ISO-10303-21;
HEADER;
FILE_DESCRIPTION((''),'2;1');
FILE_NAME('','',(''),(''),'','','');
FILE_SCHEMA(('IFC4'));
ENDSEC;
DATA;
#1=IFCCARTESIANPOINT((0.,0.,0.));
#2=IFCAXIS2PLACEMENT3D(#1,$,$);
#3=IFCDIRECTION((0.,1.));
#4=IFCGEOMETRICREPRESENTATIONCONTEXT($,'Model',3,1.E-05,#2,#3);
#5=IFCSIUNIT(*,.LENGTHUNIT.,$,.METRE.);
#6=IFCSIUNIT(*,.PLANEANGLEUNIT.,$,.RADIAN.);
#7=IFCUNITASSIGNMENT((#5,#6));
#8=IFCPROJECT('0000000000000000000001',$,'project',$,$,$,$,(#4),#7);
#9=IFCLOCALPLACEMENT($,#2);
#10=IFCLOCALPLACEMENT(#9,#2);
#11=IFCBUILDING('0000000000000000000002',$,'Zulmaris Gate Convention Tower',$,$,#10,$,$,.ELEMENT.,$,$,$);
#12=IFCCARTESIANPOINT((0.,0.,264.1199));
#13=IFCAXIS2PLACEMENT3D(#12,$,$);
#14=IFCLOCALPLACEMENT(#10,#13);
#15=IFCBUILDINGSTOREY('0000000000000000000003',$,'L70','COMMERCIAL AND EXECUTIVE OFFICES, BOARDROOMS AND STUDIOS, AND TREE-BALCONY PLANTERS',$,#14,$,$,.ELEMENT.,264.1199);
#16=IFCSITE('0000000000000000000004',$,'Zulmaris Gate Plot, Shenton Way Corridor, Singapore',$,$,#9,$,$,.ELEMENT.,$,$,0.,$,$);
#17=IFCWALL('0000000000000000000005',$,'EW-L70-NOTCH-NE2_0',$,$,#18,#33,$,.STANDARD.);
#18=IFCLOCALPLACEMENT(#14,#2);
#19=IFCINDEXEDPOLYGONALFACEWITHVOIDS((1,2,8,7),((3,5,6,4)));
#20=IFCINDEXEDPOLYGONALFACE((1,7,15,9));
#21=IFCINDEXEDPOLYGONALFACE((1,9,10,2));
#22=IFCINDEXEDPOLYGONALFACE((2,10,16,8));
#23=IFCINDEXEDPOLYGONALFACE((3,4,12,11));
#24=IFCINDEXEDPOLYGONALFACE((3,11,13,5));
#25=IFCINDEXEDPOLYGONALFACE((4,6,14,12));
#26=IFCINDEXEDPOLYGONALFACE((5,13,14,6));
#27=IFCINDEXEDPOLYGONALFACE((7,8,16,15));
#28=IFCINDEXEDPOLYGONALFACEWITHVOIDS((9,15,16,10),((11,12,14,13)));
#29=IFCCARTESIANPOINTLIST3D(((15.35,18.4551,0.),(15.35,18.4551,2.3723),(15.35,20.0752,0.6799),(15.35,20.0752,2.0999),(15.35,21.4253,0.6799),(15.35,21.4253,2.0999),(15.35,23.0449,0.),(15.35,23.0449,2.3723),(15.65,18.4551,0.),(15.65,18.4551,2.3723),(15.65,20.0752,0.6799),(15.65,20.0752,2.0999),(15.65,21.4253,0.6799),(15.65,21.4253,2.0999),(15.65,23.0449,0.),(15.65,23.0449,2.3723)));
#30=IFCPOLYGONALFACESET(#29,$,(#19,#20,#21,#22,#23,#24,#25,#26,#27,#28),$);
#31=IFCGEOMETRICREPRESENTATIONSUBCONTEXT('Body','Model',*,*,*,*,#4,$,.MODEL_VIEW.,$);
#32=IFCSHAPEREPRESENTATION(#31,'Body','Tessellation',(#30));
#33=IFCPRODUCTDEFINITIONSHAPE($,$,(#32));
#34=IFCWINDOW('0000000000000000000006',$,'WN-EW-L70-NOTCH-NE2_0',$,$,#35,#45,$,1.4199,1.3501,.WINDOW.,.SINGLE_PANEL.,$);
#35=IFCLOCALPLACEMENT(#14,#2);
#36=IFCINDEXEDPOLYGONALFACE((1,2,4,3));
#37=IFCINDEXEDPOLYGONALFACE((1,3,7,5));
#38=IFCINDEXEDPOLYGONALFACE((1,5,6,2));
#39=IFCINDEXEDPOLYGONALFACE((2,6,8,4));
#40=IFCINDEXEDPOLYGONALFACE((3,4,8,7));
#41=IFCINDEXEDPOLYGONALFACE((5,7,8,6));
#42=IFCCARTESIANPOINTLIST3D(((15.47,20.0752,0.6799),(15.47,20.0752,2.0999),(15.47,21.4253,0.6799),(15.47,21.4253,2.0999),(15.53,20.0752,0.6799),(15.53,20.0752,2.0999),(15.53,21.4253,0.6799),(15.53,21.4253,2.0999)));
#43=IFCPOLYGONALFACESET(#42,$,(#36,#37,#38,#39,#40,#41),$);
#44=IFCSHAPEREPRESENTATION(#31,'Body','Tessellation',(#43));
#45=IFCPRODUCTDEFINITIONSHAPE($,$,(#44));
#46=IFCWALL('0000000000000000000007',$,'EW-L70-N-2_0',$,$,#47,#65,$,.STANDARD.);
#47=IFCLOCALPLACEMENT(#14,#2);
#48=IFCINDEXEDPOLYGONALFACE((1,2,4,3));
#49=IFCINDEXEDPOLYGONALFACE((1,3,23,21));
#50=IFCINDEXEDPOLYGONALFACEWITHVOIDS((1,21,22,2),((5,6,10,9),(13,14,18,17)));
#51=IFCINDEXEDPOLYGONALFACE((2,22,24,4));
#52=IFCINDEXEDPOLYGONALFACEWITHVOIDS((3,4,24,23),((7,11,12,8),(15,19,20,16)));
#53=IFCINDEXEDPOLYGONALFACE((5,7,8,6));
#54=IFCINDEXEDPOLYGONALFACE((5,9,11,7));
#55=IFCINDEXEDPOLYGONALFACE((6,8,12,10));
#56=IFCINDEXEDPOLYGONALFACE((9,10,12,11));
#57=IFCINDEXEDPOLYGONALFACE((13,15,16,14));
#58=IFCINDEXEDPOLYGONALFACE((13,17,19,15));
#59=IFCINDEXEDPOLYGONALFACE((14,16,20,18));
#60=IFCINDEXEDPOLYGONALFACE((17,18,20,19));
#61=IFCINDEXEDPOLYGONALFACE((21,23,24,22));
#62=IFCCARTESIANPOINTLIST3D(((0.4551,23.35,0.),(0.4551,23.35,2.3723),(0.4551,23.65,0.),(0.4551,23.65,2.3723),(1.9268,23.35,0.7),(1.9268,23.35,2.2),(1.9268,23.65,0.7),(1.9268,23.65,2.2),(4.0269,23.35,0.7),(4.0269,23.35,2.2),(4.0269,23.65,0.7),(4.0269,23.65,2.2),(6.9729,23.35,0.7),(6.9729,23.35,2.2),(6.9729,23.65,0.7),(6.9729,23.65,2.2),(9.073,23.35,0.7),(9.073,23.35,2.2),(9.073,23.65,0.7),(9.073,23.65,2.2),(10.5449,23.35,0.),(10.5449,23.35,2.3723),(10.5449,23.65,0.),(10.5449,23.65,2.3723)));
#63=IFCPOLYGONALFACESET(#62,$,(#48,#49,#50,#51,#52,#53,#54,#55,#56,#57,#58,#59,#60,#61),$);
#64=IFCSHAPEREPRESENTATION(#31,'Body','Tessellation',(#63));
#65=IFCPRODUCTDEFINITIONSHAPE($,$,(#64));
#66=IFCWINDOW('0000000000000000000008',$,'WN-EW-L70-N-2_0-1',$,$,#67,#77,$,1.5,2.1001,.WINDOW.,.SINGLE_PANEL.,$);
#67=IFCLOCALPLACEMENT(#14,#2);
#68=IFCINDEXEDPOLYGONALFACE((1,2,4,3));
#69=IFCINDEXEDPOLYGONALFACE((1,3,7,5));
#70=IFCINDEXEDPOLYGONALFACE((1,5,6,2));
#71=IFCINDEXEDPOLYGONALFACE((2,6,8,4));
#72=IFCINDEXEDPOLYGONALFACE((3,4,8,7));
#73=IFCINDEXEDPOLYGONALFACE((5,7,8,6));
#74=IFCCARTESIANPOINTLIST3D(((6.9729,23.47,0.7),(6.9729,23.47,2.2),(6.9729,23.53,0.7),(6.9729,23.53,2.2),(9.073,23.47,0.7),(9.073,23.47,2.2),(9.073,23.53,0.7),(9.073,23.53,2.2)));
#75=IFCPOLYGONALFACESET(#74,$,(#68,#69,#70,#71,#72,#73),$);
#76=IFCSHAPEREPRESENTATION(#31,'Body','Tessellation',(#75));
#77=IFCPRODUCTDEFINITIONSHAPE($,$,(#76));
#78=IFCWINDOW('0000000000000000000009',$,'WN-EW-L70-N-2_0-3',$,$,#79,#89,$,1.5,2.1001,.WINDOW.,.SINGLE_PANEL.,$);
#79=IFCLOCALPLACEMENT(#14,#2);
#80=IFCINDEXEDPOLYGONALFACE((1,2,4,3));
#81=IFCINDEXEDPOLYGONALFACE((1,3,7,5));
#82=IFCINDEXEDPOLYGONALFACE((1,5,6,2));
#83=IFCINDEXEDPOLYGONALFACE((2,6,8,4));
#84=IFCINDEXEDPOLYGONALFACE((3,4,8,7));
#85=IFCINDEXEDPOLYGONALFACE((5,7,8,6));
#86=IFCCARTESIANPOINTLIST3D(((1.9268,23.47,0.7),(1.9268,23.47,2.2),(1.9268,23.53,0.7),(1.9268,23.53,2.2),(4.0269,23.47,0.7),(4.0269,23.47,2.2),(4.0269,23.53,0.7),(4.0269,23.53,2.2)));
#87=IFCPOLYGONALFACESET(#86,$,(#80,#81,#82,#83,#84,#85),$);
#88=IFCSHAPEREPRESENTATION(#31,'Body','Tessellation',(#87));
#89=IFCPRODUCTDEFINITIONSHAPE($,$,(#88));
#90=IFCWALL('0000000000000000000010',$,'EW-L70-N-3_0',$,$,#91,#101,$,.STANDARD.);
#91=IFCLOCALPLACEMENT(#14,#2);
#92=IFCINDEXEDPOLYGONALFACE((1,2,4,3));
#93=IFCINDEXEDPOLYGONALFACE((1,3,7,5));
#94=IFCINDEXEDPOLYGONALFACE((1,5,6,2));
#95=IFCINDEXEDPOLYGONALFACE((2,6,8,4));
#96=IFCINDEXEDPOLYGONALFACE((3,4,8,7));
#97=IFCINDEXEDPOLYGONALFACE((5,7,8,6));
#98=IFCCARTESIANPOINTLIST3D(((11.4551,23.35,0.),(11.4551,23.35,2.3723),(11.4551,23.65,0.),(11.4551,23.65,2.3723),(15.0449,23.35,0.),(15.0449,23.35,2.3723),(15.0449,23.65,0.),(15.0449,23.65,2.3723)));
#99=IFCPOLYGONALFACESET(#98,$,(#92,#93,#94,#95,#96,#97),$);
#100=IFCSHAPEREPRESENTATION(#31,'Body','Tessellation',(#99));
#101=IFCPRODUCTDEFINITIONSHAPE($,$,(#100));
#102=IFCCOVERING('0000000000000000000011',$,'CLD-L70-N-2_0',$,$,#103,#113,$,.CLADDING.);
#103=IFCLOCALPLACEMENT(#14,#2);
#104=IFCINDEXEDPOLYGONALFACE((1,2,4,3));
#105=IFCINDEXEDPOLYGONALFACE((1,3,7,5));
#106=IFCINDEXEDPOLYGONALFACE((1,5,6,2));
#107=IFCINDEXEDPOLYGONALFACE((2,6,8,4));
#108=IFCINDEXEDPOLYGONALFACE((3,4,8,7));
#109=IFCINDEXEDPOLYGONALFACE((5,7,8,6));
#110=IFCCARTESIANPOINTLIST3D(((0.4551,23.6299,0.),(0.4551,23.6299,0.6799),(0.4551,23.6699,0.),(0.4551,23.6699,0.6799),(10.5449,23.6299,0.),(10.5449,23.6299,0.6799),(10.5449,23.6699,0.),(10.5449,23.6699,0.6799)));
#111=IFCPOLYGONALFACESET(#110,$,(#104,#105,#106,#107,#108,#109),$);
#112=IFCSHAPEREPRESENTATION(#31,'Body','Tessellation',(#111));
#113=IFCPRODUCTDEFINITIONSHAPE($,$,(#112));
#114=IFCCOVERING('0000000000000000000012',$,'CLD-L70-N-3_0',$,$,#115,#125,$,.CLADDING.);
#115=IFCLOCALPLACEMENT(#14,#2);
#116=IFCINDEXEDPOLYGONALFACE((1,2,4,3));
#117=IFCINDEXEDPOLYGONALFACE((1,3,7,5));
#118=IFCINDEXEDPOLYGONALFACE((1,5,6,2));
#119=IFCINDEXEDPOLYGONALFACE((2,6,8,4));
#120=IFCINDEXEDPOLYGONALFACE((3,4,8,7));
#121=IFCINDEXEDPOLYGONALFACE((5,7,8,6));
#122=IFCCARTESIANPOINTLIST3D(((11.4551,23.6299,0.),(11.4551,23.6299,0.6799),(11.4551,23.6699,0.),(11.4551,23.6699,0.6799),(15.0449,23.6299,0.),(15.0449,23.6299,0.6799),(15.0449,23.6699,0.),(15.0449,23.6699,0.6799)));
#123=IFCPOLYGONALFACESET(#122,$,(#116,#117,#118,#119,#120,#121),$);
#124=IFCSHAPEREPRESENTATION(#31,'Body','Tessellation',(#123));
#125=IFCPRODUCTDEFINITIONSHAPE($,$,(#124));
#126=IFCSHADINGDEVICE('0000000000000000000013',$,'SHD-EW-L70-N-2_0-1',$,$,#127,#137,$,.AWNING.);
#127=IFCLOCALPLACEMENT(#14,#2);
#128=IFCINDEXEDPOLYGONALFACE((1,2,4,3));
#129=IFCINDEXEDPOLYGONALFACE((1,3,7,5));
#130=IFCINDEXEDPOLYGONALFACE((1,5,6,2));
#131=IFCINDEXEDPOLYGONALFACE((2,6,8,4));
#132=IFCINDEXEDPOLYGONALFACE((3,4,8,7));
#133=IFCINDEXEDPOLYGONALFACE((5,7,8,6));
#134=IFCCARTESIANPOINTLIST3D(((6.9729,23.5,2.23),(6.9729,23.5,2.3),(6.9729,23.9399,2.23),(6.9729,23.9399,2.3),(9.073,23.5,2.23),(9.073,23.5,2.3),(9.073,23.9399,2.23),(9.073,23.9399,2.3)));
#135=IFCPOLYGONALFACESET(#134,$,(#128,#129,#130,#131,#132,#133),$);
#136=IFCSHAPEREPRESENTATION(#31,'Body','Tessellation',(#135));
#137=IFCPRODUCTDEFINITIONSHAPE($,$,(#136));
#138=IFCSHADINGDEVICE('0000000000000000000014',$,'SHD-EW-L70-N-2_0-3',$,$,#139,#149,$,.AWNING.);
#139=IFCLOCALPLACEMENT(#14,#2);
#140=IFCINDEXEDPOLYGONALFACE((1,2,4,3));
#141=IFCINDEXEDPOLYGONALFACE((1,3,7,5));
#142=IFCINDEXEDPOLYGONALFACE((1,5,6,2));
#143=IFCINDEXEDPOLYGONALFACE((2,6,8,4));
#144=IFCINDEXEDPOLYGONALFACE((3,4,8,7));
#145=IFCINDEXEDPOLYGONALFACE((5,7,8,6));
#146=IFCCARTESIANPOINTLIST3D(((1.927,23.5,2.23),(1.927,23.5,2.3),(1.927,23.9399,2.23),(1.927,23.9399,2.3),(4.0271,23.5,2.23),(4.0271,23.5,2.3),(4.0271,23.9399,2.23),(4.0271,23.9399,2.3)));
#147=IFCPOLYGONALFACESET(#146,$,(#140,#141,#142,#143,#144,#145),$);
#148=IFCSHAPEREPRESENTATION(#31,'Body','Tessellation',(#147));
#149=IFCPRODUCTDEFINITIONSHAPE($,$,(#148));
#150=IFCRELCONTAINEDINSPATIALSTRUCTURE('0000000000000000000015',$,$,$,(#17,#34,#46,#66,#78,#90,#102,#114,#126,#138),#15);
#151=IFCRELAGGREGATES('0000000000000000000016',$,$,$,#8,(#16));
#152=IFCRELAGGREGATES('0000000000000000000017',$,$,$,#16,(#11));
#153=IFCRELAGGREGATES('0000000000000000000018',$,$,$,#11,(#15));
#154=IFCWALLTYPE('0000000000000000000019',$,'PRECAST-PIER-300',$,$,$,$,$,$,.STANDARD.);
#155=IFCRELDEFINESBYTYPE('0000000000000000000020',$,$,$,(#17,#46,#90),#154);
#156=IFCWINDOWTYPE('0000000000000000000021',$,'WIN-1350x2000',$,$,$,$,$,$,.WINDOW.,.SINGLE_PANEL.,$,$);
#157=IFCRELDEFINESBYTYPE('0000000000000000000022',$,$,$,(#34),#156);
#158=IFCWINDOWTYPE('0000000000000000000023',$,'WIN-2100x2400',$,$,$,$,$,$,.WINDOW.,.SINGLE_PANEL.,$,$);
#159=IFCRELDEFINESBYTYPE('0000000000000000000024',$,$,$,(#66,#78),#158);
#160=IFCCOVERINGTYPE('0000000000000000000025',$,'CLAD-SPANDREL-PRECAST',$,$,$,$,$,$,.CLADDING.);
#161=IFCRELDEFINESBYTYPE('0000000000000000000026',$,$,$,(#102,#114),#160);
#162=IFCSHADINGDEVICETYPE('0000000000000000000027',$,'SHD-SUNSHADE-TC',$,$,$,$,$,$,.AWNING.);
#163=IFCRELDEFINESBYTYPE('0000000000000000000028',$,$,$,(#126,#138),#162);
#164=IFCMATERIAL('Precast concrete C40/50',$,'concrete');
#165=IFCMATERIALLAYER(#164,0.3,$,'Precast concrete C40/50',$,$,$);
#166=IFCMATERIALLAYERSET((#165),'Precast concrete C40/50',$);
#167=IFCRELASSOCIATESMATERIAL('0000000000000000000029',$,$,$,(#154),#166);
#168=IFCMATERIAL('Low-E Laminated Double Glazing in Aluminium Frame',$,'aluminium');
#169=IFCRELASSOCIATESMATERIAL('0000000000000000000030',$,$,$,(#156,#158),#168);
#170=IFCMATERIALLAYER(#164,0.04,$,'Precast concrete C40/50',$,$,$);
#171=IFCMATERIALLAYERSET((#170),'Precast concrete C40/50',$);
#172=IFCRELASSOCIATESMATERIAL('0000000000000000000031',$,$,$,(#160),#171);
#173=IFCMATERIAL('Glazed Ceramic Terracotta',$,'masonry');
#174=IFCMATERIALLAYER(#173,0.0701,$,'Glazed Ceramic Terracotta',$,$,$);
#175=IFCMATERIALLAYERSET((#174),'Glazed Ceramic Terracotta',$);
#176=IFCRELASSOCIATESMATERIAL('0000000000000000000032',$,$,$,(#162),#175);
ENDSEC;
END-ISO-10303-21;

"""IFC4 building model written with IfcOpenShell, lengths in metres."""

from ifc_helpers import new_model, si_unit, direction, frame, frame_2d, origin, place, context, subcontext, project, spatial, rectangle, extrude, material, layer, layer_set, type_object, element, fill, save


model = new_model("IFC4")

# Units and contexts
model_context = context("Model", 3, precision=1e-05, world=origin(), true_north=direction((0.0, 1.0)))
body_context = subcontext(model_context, "Body", "Model", "MODEL_VIEW")
ifc_project = project(units=[si_unit("LENGTHUNIT", "METRE"), si_unit("PLANEANGLEUNIT", "RADIAN")], contexts=[model_context])

# Site, building, storey
site_placement = place(None, origin())
site = spatial("IfcSite", under=ifc_project, at=site_placement, Name="Zulmaris Gate Plot, Shenton Way Corridor, Singapore", CompositionType="ELEMENT", RefElevation=0.0)
building_placement = place(site_placement, origin())
building = spatial("IfcBuilding", under=site, at=building_placement, Name="Zulmaris Gate Convention Tower", CompositionType="ELEMENT")
storey_placement = place(building_placement, frame((0.0, 0.0, 264.1199)))
storey = spatial("IfcBuildingStorey", under=building, at=storey_placement, Name="L70", Description="COMMERCIAL AND EXECUTIVE OFFICES, BOARDROOMS AND STUDIOS, AND TREE-BALCONY PLANTERS", CompositionType="ELEMENT", Elevation=264.1199)

# Wall, opening, window
ifc_material_1 = material(Name="Precast concrete C40/50", Category="concrete")
ifc_layer_1 = layer(ifc_material_1, 0.3, Name="Precast concrete C40/50")
ifc_layer_set_1 = layer_set([ifc_layer_1], Name="Precast concrete C40/50")
wall_type_1 = type_object("IfcWallType", Name="PRECAST-PIER-300", PredefinedType="STANDARD", material=ifc_layer_set_1)
wall_1_placement = place(storey_placement, frame((15.5, 18.4551, 0.0), z_axis=(0.0, 0.0, 1.0), x_axis=(0.0, 1.0, 0.0)))
wall_1 = element("IfcWall", 1, at=wall_1_placement, inside=storey, type_object=wall_type_1, Name="EW-L70-NOTCH-NE2_0", PredefinedType="STANDARD", context=body_context, shape_type="SweptSolid", body=[
    extrude(rectangle(XDim=4.5898, YDim=0.3, at=frame_2d((2.2949, 0.0))), origin(), (0.0, 0.0, 1.0), 2.3723),
])
opening_1_placement = place(wall_1_placement, frame((1.6201, 0.0, 0.6799)))
opening_1 = element("IfcOpeningElement", 2, at=opening_1_placement, cuts=wall_1, PredefinedType="OPENING", context=body_context, shape_type="SweptSolid", body=[
    extrude(rectangle(XDim=1.3501, YDim=1.4199, at=frame_2d((0.675, 0.71))), frame((0.0, 0.1602, 0.0), z_axis=(0.0, -1.0, 0.0), x_axis=(1.0, 0.0, 0.0)), (0.0, 0.0, 1.0), 0.3201),
])
ifc_material_2 = material(Name="Low-E Laminated Double Glazing in Aluminium Frame", Category="aluminium")
window_type_1 = type_object("IfcWindowType", Name="WIN-1350x2000", PartitioningType="SINGLE_PANEL", PredefinedType="WINDOW", material=ifc_material_2)
window_1_placement = place(opening_1_placement, origin())
window_1 = element("IfcWindow", 3, at=window_1_placement, inside=storey, type_object=window_type_1, Name="WN-EW-L70-NOTCH-NE2_0", OverallHeight=1.4199, OverallWidth=1.3501, PartitioningType="SINGLE_PANEL", PredefinedType="WINDOW", context=body_context, shape_type="SweptSolid", body=[
    extrude(rectangle(XDim=1.3501, YDim=1.4199, at=frame_2d((0.675, 0.71))), frame((0.0, 0.03, 0.0), z_axis=(0.0, -1.0, 0.0), x_axis=(1.0, 0.0, 0.0)), (0.0, 0.0, 1.0), 0.0601),
])
fill(opening_1, window_1)

# Wall, openings, windows
wall_2_placement = place(storey_placement, frame((10.5449, 23.5, 0.0), z_axis=(0.0, 0.0, 1.0), x_axis=(-1.0, 0.0, 0.0)))
wall_2 = element("IfcWall", 4, at=wall_2_placement, inside=storey, type_object=wall_type_1, Name="EW-L70-N-2_0", PredefinedType="STANDARD", context=body_context, shape_type="SweptSolid", body=[
    extrude(rectangle(XDim=10.0898, YDim=0.3, at=frame_2d((5.0449, 0.0))), origin(), (0.0, 0.0, 1.0), 2.3723),
])
opening_2_placement = place(wall_2_placement, frame((1.4719, 0.0, 0.7)))
opening_2 = element("IfcOpeningElement", 5, at=opening_2_placement, cuts=wall_2, PredefinedType="OPENING", context=body_context, shape_type="SweptSolid", body=[
    extrude(rectangle(XDim=2.1001, YDim=1.5, at=frame_2d((1.05, 0.75))), frame((0.0, 0.1602, 0.0), z_axis=(0.0, -1.0, 0.0), x_axis=(1.0, 0.0, 0.0)), (0.0, 0.0, 1.0), 0.3201),
])
opening_3_placement = place(wall_2_placement, frame((6.5181, 0.0, 0.7)))
opening_3 = element("IfcOpeningElement", 6, at=opening_3_placement, cuts=wall_2, PredefinedType="OPENING", context=body_context, shape_type="SweptSolid", body=[
    extrude(rectangle(XDim=2.1001, YDim=1.5, at=frame_2d((1.05, 0.75))), frame((0.0, 0.1602, 0.0), z_axis=(0.0, -1.0, 0.0), x_axis=(1.0, 0.0, 0.0)), (0.0, 0.0, 1.0), 0.3201),
])
window_type_2 = type_object("IfcWindowType", Name="WIN-2100x2400", PartitioningType="SINGLE_PANEL", PredefinedType="WINDOW", material=ifc_material_2)
window_2_placement = place(opening_2_placement, origin())
window_2 = element("IfcWindow", 7, at=window_2_placement, inside=storey, type_object=window_type_2, Name="WN-EW-L70-N-2_0-1", OverallHeight=1.5, OverallWidth=2.1001, PartitioningType="SINGLE_PANEL", PredefinedType="WINDOW", context=body_context, shape_type="SweptSolid", body=[
    extrude(rectangle(XDim=2.1001, YDim=1.5, at=frame_2d((1.05, 0.75))), frame((0.0, 0.03, 0.0), z_axis=(0.0, -1.0, 0.0), x_axis=(1.0, 0.0, 0.0)), (0.0, 0.0, 1.0), 0.0601),
])
fill(opening_2, window_2)
window_3_placement = place(opening_3_placement, origin())
window_3 = element("IfcWindow", 8, at=window_3_placement, inside=storey, type_object=window_type_2, Name="WN-EW-L70-N-2_0-3", OverallHeight=1.5, OverallWidth=2.1001, PartitioningType="SINGLE_PANEL", PredefinedType="WINDOW", context=body_context, shape_type="SweptSolid", body=[
    extrude(rectangle(XDim=2.1001, YDim=1.5, at=frame_2d((1.05, 0.75))), frame((0.0, 0.03, 0.0), z_axis=(0.0, -1.0, 0.0), x_axis=(1.0, 0.0, 0.0)), (0.0, 0.0, 1.0), 0.0601),
])
fill(opening_3, window_3)

# Wall
wall_3_placement = place(storey_placement, frame((15.0449, 23.5, 0.0), z_axis=(0.0, 0.0, 1.0), x_axis=(-1.0, 0.0, 0.0)))
element("IfcWall", 9, at=wall_3_placement, inside=storey, type_object=wall_type_1, Name="EW-L70-N-3_0", PredefinedType="STANDARD", context=body_context, shape_type="SweptSolid", body=[
    extrude(rectangle(XDim=3.5898, YDim=0.3, at=frame_2d((1.7949, 0.0))), origin(), (0.0, 0.0, 1.0), 2.3723),
])

# Coverings
ifc_layer_2 = layer(ifc_material_1, 0.04, Name="Precast concrete C40/50")
ifc_layer_set_2 = layer_set([ifc_layer_2], Name="Precast concrete C40/50")
covering_type = type_object("IfcCoveringType", Name="CLAD-SPANDREL-PRECAST", PredefinedType="CLADDING", material=ifc_layer_set_2)
covering_1_placement = place(storey_placement, frame((10.5449, 23.6499, 0.0), z_axis=(0.0, 0.0, 1.0), x_axis=(-1.0, 0.0, 0.0)))
element("IfcCovering", 10, at=covering_1_placement, inside=storey, type_object=covering_type, Name="CLD-L70-N-2_0", PredefinedType="CLADDING", context=body_context, shape_type="SweptSolid", body=[
    extrude(rectangle(XDim=10.0898, YDim=0.04, at=frame_2d((5.0449, 0.0))), origin(), (0.0, 0.0, 1.0), 0.6799),
])
covering_2_placement = place(storey_placement, frame((15.0449, 23.6499, 0.0), z_axis=(0.0, 0.0, 1.0), x_axis=(-1.0, 0.0, 0.0)))
element("IfcCovering", 11, at=covering_2_placement, inside=storey, type_object=covering_type, Name="CLD-L70-N-3_0", PredefinedType="CLADDING", context=body_context, shape_type="SweptSolid", body=[
    extrude(rectangle(XDim=3.5898, YDim=0.04, at=frame_2d((1.7949, 0.0))), origin(), (0.0, 0.0, 1.0), 0.6799),
])

# Shading devices
ifc_material_3 = material(Name="Glazed Ceramic Terracotta", Category="masonry")
ifc_layer_3 = layer(ifc_material_3, 0.0701, Name="Glazed Ceramic Terracotta")
ifc_layer_set_3 = layer_set([ifc_layer_3], Name="Glazed Ceramic Terracotta")
shading_device_type = type_object("IfcShadingDeviceType", Name="SHD-SUNSHADE-TC", PredefinedType="AWNING", material=ifc_layer_set_3)
for number, where, z_axis, x_axis, name in (
    (12, (9.073, 23.72, 2.23), (0.0, 0.0, 1.0), (-1.0, 0.0, 0.0), "SHD-EW-L70-N-2_0-1"),
    (13, (4.0271, 23.72, 2.23), (0.0, 0.0, 1.0), (-1.0, 0.0, 0.0), "SHD-EW-L70-N-2_0-3"),
):
    element("IfcShadingDevice", number, at=place(storey_placement, frame(where, z_axis=z_axis, x_axis=x_axis)), inside=storey, type_object=shading_device_type, Name=name, PredefinedType="AWNING", context=body_context, shape_type="SweptSolid", body=[
        extrude(rectangle(XDim=2.1001, YDim=0.4399, at=frame_2d((1.05, 0.0))), origin(), (0.0, 0.0, 1.0), 0.0701),
    ])

save(model, "model.ifc")
